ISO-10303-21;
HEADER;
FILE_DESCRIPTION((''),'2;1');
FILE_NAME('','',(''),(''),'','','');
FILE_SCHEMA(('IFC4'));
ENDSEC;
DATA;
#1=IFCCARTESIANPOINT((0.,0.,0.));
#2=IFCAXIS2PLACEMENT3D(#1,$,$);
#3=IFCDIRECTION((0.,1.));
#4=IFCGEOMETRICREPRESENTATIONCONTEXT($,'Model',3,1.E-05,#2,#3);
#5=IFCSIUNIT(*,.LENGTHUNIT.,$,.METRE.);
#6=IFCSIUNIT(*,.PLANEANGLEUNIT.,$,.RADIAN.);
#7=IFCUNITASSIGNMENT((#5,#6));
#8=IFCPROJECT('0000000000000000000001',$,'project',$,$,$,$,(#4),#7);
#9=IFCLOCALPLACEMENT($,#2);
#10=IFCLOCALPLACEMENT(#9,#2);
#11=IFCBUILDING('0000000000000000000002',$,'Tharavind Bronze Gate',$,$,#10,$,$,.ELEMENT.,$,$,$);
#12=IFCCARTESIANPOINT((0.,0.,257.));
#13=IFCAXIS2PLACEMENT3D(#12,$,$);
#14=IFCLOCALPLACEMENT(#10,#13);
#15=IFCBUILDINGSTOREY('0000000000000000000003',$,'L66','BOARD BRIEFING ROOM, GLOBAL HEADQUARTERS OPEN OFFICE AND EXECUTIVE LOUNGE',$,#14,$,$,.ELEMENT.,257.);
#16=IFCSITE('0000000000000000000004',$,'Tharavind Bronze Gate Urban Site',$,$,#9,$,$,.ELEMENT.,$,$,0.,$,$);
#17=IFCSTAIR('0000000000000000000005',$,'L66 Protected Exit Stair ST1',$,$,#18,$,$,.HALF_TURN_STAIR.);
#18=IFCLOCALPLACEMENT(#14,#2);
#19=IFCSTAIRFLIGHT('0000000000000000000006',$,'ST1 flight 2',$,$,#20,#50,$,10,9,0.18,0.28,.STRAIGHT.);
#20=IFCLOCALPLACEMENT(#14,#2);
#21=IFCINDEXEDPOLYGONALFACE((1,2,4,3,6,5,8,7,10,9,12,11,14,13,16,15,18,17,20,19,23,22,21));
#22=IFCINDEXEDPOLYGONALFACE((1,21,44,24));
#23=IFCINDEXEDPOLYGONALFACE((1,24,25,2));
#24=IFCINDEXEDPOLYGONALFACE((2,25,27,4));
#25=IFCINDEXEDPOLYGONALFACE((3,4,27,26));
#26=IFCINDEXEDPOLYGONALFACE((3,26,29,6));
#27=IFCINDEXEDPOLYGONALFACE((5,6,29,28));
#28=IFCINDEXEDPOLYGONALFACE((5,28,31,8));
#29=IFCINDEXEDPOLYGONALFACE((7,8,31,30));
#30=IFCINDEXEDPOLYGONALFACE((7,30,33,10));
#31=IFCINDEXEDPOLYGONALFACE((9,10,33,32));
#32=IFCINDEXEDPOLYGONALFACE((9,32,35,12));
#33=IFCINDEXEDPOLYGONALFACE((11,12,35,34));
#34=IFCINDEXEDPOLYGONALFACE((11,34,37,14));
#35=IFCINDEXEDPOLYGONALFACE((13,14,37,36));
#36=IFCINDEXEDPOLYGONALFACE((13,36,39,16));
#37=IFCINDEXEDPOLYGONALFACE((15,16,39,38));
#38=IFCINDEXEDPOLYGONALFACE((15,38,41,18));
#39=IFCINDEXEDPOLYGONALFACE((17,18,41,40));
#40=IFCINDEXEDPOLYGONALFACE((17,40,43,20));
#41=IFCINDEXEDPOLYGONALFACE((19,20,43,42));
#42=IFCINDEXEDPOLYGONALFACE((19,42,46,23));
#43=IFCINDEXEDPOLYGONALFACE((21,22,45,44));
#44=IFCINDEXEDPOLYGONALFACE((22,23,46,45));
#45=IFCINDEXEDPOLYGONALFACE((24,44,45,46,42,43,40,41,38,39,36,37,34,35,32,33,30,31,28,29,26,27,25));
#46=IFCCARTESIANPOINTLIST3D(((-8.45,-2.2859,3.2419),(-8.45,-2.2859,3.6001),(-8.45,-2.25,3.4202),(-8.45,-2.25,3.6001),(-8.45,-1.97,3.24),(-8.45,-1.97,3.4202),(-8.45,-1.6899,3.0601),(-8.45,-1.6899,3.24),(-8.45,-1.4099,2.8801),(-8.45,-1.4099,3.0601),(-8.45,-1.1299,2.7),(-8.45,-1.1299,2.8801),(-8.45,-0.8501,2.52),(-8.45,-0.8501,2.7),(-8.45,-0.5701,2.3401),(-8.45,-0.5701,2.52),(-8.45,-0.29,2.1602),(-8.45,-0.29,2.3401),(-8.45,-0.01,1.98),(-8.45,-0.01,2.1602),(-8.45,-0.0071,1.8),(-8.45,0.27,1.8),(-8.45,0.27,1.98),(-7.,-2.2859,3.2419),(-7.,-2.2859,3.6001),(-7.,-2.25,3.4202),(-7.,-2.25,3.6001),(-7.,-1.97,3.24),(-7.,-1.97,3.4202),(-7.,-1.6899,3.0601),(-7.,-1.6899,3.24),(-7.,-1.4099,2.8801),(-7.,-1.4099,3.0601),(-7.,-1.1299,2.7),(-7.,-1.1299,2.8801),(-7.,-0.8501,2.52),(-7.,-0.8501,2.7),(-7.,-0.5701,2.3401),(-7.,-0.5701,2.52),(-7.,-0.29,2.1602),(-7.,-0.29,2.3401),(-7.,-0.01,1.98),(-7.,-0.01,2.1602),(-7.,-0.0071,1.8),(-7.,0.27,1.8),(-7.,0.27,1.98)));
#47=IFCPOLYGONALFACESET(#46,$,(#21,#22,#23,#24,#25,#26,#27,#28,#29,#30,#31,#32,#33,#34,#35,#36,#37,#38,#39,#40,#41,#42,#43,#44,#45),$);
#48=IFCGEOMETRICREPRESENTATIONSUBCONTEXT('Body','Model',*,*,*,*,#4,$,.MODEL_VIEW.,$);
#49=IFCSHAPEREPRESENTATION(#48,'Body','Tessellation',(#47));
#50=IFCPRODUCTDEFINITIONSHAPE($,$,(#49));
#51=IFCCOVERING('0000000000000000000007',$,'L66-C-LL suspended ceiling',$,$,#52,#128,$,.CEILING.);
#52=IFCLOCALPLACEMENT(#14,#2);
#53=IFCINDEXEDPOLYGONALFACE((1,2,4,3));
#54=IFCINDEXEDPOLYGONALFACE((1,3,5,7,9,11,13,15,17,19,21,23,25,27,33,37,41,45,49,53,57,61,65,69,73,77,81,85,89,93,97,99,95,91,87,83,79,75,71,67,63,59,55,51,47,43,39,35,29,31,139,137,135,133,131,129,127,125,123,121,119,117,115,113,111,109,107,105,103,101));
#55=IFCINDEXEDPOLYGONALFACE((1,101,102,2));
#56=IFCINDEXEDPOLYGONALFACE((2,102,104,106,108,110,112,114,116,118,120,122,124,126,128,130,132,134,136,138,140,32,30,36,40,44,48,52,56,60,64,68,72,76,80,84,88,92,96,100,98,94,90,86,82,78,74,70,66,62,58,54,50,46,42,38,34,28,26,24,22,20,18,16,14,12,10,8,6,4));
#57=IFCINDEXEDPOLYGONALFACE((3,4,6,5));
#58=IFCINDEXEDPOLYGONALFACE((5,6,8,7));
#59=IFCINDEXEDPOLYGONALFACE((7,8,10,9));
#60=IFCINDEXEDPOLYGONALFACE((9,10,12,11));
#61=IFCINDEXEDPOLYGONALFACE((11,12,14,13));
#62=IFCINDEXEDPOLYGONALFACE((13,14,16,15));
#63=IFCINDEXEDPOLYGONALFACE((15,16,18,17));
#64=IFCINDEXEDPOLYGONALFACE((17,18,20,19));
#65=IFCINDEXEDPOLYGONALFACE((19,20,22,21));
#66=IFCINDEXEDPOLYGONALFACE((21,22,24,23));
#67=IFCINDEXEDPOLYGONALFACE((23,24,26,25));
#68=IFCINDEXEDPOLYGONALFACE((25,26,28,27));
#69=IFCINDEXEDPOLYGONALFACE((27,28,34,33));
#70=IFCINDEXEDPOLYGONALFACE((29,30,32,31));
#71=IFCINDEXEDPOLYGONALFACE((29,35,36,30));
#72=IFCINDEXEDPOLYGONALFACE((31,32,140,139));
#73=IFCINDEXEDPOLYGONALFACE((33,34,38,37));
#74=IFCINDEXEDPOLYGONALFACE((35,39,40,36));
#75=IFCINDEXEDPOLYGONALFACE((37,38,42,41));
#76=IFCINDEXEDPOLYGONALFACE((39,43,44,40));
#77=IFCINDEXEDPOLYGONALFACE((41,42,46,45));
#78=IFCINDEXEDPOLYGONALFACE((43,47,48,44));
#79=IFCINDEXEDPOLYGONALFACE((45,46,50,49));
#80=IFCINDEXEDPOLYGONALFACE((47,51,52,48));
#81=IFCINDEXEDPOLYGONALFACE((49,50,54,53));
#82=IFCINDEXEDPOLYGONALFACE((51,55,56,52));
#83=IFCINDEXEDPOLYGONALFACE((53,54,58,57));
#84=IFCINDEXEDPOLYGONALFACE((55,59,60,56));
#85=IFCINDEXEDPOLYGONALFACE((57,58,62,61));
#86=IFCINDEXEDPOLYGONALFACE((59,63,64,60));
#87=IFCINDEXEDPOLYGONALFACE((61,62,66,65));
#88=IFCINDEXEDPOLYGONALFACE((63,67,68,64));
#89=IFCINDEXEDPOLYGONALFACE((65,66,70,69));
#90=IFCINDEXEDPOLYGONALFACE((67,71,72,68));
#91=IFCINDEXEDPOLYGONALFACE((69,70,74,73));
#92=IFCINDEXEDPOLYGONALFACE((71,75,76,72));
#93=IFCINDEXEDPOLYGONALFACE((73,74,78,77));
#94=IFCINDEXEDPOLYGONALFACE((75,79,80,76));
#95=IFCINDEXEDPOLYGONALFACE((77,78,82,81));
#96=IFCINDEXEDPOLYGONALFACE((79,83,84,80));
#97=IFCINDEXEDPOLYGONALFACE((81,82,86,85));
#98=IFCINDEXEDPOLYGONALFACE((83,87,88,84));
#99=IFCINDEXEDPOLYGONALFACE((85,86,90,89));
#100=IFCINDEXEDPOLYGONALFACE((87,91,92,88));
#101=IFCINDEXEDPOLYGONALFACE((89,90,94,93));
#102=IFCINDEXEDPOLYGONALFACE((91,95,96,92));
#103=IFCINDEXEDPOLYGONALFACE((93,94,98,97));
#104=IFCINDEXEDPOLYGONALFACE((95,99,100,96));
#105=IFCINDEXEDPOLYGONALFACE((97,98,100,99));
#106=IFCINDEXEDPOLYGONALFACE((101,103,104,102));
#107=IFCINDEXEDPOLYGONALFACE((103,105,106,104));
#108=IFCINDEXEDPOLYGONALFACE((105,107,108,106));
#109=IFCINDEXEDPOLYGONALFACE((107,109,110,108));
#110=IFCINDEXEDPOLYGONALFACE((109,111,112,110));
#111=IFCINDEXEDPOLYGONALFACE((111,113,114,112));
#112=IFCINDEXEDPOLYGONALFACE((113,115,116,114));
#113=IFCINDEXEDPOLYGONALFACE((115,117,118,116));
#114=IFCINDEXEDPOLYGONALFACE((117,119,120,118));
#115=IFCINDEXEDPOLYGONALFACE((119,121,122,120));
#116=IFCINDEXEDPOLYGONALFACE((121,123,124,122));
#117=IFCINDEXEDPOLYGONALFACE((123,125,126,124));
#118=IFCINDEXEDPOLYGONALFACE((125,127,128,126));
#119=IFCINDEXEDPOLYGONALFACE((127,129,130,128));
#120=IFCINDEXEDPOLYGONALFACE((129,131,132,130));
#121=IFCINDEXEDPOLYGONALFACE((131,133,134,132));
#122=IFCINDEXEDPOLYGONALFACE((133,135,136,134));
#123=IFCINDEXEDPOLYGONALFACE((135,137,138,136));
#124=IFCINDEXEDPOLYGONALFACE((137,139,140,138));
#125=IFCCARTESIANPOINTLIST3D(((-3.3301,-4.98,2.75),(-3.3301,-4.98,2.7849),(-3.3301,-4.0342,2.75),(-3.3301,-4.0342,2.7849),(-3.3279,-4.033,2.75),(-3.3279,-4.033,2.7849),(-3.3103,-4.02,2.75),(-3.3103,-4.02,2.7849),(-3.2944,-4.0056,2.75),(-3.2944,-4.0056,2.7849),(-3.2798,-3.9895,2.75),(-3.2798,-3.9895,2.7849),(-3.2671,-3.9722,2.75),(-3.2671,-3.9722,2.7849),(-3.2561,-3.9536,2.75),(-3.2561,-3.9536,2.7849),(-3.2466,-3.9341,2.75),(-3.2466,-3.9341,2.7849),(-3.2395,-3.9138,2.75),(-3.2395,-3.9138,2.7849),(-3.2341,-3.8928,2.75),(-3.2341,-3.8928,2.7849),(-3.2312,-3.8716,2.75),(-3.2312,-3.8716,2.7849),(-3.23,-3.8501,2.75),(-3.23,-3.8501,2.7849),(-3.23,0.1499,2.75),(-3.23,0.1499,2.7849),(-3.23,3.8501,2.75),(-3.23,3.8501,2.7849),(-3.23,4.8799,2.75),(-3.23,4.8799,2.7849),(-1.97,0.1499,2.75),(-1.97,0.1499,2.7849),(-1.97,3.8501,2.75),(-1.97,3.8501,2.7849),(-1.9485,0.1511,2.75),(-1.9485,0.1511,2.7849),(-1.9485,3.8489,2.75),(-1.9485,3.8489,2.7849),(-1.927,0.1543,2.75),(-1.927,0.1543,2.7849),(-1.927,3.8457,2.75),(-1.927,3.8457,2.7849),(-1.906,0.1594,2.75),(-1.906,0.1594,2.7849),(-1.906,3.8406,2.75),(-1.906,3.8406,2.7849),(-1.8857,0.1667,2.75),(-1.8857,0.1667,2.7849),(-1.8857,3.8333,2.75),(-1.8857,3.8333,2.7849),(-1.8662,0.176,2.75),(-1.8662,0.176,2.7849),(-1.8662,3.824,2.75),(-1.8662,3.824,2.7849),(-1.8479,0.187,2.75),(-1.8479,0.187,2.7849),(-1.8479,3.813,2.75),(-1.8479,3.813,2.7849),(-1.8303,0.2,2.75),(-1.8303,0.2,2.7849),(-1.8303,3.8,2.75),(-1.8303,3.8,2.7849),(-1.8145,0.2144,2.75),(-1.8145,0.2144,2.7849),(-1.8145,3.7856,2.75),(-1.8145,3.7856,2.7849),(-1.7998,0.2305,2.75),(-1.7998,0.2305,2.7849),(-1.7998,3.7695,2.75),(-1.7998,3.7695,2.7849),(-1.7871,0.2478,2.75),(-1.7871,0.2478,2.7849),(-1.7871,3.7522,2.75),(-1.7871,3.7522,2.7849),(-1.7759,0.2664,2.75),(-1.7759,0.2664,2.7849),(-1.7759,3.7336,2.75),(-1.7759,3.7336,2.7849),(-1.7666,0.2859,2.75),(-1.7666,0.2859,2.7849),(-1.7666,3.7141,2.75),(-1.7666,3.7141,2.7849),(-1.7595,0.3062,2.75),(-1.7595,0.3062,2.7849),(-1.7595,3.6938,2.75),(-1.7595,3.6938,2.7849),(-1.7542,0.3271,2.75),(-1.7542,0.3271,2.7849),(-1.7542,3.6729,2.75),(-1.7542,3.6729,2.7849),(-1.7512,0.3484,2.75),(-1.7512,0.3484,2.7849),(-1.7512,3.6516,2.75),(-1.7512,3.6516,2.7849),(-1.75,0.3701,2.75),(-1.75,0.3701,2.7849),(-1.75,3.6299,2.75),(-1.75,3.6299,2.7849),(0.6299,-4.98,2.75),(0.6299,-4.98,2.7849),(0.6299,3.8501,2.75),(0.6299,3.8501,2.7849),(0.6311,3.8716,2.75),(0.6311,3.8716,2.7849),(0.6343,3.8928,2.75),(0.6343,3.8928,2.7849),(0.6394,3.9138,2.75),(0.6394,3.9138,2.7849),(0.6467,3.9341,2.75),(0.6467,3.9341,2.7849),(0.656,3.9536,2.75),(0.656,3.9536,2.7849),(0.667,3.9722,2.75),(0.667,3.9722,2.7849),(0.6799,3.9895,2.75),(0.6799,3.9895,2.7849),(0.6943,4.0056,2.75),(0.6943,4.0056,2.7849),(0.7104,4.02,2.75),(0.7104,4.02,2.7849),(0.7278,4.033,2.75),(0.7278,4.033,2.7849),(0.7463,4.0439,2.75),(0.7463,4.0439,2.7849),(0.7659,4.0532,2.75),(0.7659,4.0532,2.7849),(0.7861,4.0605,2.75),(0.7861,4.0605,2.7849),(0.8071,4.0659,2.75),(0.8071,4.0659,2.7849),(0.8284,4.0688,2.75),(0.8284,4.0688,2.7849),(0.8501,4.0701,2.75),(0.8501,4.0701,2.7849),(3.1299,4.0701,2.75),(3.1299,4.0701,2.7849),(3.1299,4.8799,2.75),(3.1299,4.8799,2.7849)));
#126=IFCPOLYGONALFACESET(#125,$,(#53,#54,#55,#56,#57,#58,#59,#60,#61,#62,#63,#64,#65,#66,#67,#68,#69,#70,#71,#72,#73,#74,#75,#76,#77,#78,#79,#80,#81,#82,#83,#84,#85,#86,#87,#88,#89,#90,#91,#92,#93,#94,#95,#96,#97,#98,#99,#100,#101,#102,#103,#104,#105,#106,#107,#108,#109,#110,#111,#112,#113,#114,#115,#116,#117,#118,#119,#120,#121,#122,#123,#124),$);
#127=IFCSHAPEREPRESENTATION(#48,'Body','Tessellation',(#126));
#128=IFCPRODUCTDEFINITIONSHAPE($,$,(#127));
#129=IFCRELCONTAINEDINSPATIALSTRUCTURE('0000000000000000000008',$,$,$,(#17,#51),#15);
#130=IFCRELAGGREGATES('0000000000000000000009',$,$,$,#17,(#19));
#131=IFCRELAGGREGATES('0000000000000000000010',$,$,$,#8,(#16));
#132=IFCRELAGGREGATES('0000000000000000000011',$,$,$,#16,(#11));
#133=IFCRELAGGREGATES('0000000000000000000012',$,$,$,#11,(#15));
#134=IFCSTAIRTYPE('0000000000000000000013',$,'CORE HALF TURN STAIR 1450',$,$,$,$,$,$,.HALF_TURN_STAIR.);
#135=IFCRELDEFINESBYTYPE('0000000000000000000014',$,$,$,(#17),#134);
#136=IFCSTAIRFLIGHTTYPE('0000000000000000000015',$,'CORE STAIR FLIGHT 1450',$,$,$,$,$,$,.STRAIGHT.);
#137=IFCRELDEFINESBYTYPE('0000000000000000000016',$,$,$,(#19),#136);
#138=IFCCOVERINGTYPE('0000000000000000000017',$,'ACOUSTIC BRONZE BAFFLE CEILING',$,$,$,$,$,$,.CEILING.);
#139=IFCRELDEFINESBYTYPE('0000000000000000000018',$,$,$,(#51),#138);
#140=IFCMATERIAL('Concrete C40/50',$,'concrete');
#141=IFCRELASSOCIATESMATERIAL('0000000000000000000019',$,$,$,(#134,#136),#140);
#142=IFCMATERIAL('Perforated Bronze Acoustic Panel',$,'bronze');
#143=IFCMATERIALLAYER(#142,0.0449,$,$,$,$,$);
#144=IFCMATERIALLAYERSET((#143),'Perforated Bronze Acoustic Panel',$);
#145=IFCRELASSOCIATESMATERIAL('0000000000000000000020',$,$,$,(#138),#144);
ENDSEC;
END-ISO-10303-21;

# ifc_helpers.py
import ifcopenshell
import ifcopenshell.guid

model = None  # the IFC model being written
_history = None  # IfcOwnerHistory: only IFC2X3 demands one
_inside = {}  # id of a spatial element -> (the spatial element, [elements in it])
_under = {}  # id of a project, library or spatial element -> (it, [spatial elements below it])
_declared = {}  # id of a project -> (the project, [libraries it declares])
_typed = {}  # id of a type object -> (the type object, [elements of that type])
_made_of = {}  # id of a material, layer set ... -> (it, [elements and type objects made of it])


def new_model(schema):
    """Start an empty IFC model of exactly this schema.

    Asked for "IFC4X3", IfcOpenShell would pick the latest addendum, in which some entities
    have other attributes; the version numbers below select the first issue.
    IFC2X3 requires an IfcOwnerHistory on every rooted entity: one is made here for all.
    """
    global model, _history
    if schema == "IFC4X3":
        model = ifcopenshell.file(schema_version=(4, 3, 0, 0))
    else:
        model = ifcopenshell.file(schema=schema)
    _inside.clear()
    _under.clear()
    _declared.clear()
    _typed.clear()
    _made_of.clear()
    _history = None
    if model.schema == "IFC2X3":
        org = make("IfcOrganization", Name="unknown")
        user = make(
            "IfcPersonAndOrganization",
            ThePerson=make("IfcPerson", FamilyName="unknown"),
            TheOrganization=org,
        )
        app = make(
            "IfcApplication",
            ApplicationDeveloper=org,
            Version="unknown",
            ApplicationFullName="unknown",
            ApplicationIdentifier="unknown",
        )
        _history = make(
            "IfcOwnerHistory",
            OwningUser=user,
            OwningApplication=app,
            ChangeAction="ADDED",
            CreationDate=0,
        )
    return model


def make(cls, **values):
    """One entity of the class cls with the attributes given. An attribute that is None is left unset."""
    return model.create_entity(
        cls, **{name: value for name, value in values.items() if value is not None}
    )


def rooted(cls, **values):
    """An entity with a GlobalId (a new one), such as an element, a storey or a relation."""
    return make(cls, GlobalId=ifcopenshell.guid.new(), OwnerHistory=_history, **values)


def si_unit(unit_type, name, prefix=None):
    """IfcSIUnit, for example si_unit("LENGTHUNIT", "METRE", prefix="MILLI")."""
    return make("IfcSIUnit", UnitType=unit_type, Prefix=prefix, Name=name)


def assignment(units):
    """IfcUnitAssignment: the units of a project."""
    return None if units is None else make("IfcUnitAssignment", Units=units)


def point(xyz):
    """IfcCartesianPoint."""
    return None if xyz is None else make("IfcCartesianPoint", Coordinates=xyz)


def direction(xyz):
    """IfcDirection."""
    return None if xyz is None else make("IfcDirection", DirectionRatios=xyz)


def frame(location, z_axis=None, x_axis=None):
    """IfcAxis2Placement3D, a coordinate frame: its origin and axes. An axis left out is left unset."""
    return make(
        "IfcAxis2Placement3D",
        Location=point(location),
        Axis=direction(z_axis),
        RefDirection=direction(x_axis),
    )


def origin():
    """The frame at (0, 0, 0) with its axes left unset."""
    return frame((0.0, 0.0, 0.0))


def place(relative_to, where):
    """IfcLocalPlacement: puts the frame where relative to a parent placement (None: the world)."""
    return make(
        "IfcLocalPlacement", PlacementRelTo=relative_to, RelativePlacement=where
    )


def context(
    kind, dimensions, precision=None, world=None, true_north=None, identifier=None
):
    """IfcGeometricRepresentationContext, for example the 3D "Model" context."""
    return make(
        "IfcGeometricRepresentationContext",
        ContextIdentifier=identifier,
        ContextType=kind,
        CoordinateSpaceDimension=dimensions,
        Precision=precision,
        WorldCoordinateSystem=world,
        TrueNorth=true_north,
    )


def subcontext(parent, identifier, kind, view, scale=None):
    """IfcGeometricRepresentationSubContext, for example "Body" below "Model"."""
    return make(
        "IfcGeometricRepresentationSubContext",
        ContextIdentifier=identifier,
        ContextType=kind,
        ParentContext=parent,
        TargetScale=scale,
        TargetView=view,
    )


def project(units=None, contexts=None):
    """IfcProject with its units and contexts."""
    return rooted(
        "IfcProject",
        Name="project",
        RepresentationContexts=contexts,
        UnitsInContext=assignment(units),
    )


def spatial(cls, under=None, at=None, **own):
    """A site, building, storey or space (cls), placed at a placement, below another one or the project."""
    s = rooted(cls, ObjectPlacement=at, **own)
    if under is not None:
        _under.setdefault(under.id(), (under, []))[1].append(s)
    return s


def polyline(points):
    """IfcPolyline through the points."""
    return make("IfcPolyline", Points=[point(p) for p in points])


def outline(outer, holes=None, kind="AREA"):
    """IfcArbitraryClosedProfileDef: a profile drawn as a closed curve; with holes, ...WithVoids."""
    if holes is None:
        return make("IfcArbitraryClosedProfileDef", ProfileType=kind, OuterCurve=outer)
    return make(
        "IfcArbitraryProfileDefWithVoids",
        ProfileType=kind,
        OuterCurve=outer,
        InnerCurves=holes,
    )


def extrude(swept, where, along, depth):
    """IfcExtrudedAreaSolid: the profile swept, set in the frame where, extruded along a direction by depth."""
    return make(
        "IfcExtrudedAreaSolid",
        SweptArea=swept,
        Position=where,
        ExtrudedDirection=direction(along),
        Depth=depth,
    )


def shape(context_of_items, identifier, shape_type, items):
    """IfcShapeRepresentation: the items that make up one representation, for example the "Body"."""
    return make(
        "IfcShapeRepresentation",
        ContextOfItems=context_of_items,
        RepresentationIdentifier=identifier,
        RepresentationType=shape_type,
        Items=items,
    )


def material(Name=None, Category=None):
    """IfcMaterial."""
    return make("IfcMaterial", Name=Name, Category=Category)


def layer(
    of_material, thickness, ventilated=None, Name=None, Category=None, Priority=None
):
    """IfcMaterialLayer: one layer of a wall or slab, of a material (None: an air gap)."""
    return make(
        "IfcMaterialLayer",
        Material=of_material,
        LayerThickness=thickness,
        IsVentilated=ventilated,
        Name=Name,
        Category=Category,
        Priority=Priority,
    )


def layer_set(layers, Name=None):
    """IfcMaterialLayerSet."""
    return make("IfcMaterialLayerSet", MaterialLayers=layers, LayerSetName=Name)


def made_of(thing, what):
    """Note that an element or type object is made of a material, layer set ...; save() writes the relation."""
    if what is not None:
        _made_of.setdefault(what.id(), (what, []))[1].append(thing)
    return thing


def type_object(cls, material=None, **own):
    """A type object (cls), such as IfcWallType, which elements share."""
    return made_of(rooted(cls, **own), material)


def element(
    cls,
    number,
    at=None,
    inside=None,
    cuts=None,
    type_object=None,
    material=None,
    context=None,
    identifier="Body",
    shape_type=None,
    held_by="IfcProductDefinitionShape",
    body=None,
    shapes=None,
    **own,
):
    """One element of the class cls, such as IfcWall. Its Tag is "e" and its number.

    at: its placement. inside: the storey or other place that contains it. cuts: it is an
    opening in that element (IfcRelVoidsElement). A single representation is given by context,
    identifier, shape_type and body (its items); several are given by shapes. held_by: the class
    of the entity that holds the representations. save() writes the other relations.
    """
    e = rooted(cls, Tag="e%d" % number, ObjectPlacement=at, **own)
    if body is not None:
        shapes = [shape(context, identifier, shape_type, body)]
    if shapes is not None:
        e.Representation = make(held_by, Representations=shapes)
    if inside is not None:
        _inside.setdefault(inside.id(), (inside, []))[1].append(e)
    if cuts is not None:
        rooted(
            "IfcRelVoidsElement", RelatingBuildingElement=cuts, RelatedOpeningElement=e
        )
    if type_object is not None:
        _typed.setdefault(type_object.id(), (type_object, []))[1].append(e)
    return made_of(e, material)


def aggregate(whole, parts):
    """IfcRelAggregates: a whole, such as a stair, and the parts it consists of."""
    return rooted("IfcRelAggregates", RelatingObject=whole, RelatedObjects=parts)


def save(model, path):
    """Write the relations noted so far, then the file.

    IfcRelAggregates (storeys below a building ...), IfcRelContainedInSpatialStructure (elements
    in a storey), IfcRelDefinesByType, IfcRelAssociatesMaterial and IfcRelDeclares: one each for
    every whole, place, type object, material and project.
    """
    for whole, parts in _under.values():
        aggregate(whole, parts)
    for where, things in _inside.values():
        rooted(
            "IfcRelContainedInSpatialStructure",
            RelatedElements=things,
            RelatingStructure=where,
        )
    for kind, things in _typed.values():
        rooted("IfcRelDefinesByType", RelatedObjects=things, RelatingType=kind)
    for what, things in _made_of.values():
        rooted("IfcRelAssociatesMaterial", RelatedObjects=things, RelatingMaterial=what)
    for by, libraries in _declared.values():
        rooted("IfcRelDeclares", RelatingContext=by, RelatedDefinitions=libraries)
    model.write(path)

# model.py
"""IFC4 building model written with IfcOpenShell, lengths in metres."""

from ifc_helpers import new_model, si_unit, direction, frame, origin, place, context, subcontext, project, spatial, polyline, outline, extrude, material, layer, layer_set, type_object, element, aggregate, save


model = new_model("IFC4")

# Units and contexts
model_context = context("Model", 3, precision=1e-05, world=origin(), true_north=direction((0.0, 1.0)))
body_context = subcontext(model_context, "Body", "Model", "MODEL_VIEW")
ifc_project = project(units=[si_unit("LENGTHUNIT", "METRE"), si_unit("PLANEANGLEUNIT", "RADIAN")], contexts=[model_context])

# Site, building, storey
site_placement = place(None, origin())
site = spatial("IfcSite", under=ifc_project, at=site_placement, Name="Tharavind Bronze Gate Urban Site", CompositionType="ELEMENT", RefElevation=0.0)
building_placement = place(site_placement, origin())
building = spatial("IfcBuilding", under=site, at=building_placement, Name="Tharavind Bronze Gate", CompositionType="ELEMENT")
storey_placement = place(building_placement, frame((0.0, 0.0, 257.0)))
storey = spatial("IfcBuildingStorey", under=building, at=storey_placement, Name="L66", Description="BOARD BRIEFING ROOM, GLOBAL HEADQUARTERS OPEN OFFICE AND EXECUTIVE LOUNGE", CompositionType="ELEMENT", Elevation=257.0)

# Shared definitions
ifc_material_1 = material(Name="Concrete C40/50", Category="concrete")

# Stair
stair_type = type_object("IfcStairType", Name="CORE HALF TURN STAIR 1450", PredefinedType="HALF_TURN_STAIR", material=ifc_material_1)
stair_1_placement = place(storey_placement, origin())
stair_1 = element("IfcStair", 1, at=stair_1_placement, inside=storey, type_object=stair_type, Name="L66 Protected Exit Stair ST1", PredefinedType="HALF_TURN_STAIR")

# Stair flight
stair_flight_type = type_object("IfcStairFlightType", Name="CORE STAIR FLIGHT 1450", PredefinedType="STRAIGHT", material=ifc_material_1)
stair_flight_placement = place(storey_placement, frame((-7.7251, 0.27, 1.8), z_axis=(0.0, 0.0, 1.0), x_axis=(0.0, -1.0, 0.0)))
stair_flight = element("IfcStairFlight", 2, at=stair_flight_placement, type_object=stair_flight_type, Name="ST1 flight 2", NumberOfRisers=10, NumberOfTreads=9, PredefinedType="STRAIGHT", RiserHeight=0.18, TreadLength=0.28, context=body_context, shape_type="SweptSolid", body=[
    extrude(outline(polyline([(0.0, 0.0), (0.0, 0.1799), (0.28, 0.1799), (0.28, 0.3601), (0.5601, 0.3601), (0.5601, 0.54), (0.8401, 0.54), (0.8401, 0.72), (1.1201, 0.72), (1.1201, 0.8999), (1.3999, 0.8999), (1.3999, 1.0801), (1.6799, 1.0801), (1.6799, 1.26), (1.96, 1.26), (1.96, 1.4399), (2.24, 1.4399), (2.24, 1.6201), (2.52, 1.6201), (2.52, 1.8), (2.5559, 1.8), (2.5559, 1.4419), (0.2771, 0.0), (0.0, 0.0)])), frame((0.0, 0.7251, 0.0), z_axis=(0.0, -1.0, 0.0), x_axis=(1.0, 0.0, 0.0)), (0.0, 0.0, 1.0), 1.45),
])
aggregate(stair_1, [stair_flight])

# Covering
ifc_material_2 = material(Name="Perforated Bronze Acoustic Panel", Category="bronze")
ifc_layer_1 = layer(ifc_material_2, 0.0449)
ifc_layer_set_1 = layer_set([ifc_layer_1], Name="Perforated Bronze Acoustic Panel")
covering_type_1 = type_object("IfcCoveringType", Name="ACOUSTIC BRONZE BAFFLE CEILING", PredefinedType="CEILING", material=ifc_layer_set_1)
covering_1_placement = place(storey_placement, frame((0.0, 0.0, 2.75)))
element("IfcCovering", 3, at=covering_1_placement, inside=storey, type_object=covering_type_1, Name="L66-C-LL suspended ceiling", PredefinedType="CEILING", context=body_context, shape_type="SweptSolid", body=[
    extrude(outline(polyline([(-3.3301, -4.98), (0.6299, -4.98), (0.6299, 3.8501), (0.6311, 3.8716), (0.6343, 3.8928), (0.6394, 3.9138), (0.6467, 3.9341), (0.656, 3.9536), (0.667, 3.9722), (0.6799, 3.9895), (0.6943, 4.0056), (0.7104, 4.02), (0.7278, 4.033), (0.7463, 4.0439), (0.7659, 4.0532), (0.7861, 4.0605), (0.8071, 4.0659), (0.8284, 4.0688), (0.8501, 4.0701), (3.1299, 4.0701), (3.1299, 4.8799), (-3.23, 4.8799), (-3.23, 3.8501), (-1.97, 3.8501), (-1.9485, 3.8489), (-1.927, 3.8457), (-1.906, 3.8406), (-1.8857, 3.8333), (-1.8662, 3.824), (-1.8479, 3.813), (-1.8303, 3.8), (-1.8145, 3.7856), (-1.7998, 3.7695), (-1.7871, 3.7522), (-1.7759, 3.7336), (-1.7666, 3.7141), (-1.7595, 3.6938), (-1.7542, 3.6729), (-1.7512, 3.6516), (-1.75, 3.6299), (-1.75, 0.3701), (-1.7512, 0.3484), (-1.7542, 0.3271), (-1.7595, 0.3062), (-1.7666, 0.2859), (-1.7759, 0.2664), (-1.7871, 0.2478), (-1.7998, 0.2305), (-1.8145, 0.2144), (-1.8303, 0.2), (-1.8479, 0.187), (-1.8662, 0.176), (-1.8857, 0.1667), (-1.906, 0.1594), (-1.927, 0.1543), (-1.9485, 0.1511), (-1.97, 0.1499), (-3.23, 0.1499), (-3.23, -3.8501), (-3.2312, -3.8716), (-3.2341, -3.8928), (-3.2395, -3.9138), (-3.2466, -3.9341), (-3.2561, -3.9536), (-3.2671, -3.9722), (-3.2798, -3.9895), (-3.2944, -4.0056), (-3.3103, -4.02), (-3.3279, -4.033), (-3.3301, -4.0342), (-3.3301, -4.98)])), origin(), (0.0, 0.0, 1.0), 0.0349),
])

save(model, "model.ifc")
